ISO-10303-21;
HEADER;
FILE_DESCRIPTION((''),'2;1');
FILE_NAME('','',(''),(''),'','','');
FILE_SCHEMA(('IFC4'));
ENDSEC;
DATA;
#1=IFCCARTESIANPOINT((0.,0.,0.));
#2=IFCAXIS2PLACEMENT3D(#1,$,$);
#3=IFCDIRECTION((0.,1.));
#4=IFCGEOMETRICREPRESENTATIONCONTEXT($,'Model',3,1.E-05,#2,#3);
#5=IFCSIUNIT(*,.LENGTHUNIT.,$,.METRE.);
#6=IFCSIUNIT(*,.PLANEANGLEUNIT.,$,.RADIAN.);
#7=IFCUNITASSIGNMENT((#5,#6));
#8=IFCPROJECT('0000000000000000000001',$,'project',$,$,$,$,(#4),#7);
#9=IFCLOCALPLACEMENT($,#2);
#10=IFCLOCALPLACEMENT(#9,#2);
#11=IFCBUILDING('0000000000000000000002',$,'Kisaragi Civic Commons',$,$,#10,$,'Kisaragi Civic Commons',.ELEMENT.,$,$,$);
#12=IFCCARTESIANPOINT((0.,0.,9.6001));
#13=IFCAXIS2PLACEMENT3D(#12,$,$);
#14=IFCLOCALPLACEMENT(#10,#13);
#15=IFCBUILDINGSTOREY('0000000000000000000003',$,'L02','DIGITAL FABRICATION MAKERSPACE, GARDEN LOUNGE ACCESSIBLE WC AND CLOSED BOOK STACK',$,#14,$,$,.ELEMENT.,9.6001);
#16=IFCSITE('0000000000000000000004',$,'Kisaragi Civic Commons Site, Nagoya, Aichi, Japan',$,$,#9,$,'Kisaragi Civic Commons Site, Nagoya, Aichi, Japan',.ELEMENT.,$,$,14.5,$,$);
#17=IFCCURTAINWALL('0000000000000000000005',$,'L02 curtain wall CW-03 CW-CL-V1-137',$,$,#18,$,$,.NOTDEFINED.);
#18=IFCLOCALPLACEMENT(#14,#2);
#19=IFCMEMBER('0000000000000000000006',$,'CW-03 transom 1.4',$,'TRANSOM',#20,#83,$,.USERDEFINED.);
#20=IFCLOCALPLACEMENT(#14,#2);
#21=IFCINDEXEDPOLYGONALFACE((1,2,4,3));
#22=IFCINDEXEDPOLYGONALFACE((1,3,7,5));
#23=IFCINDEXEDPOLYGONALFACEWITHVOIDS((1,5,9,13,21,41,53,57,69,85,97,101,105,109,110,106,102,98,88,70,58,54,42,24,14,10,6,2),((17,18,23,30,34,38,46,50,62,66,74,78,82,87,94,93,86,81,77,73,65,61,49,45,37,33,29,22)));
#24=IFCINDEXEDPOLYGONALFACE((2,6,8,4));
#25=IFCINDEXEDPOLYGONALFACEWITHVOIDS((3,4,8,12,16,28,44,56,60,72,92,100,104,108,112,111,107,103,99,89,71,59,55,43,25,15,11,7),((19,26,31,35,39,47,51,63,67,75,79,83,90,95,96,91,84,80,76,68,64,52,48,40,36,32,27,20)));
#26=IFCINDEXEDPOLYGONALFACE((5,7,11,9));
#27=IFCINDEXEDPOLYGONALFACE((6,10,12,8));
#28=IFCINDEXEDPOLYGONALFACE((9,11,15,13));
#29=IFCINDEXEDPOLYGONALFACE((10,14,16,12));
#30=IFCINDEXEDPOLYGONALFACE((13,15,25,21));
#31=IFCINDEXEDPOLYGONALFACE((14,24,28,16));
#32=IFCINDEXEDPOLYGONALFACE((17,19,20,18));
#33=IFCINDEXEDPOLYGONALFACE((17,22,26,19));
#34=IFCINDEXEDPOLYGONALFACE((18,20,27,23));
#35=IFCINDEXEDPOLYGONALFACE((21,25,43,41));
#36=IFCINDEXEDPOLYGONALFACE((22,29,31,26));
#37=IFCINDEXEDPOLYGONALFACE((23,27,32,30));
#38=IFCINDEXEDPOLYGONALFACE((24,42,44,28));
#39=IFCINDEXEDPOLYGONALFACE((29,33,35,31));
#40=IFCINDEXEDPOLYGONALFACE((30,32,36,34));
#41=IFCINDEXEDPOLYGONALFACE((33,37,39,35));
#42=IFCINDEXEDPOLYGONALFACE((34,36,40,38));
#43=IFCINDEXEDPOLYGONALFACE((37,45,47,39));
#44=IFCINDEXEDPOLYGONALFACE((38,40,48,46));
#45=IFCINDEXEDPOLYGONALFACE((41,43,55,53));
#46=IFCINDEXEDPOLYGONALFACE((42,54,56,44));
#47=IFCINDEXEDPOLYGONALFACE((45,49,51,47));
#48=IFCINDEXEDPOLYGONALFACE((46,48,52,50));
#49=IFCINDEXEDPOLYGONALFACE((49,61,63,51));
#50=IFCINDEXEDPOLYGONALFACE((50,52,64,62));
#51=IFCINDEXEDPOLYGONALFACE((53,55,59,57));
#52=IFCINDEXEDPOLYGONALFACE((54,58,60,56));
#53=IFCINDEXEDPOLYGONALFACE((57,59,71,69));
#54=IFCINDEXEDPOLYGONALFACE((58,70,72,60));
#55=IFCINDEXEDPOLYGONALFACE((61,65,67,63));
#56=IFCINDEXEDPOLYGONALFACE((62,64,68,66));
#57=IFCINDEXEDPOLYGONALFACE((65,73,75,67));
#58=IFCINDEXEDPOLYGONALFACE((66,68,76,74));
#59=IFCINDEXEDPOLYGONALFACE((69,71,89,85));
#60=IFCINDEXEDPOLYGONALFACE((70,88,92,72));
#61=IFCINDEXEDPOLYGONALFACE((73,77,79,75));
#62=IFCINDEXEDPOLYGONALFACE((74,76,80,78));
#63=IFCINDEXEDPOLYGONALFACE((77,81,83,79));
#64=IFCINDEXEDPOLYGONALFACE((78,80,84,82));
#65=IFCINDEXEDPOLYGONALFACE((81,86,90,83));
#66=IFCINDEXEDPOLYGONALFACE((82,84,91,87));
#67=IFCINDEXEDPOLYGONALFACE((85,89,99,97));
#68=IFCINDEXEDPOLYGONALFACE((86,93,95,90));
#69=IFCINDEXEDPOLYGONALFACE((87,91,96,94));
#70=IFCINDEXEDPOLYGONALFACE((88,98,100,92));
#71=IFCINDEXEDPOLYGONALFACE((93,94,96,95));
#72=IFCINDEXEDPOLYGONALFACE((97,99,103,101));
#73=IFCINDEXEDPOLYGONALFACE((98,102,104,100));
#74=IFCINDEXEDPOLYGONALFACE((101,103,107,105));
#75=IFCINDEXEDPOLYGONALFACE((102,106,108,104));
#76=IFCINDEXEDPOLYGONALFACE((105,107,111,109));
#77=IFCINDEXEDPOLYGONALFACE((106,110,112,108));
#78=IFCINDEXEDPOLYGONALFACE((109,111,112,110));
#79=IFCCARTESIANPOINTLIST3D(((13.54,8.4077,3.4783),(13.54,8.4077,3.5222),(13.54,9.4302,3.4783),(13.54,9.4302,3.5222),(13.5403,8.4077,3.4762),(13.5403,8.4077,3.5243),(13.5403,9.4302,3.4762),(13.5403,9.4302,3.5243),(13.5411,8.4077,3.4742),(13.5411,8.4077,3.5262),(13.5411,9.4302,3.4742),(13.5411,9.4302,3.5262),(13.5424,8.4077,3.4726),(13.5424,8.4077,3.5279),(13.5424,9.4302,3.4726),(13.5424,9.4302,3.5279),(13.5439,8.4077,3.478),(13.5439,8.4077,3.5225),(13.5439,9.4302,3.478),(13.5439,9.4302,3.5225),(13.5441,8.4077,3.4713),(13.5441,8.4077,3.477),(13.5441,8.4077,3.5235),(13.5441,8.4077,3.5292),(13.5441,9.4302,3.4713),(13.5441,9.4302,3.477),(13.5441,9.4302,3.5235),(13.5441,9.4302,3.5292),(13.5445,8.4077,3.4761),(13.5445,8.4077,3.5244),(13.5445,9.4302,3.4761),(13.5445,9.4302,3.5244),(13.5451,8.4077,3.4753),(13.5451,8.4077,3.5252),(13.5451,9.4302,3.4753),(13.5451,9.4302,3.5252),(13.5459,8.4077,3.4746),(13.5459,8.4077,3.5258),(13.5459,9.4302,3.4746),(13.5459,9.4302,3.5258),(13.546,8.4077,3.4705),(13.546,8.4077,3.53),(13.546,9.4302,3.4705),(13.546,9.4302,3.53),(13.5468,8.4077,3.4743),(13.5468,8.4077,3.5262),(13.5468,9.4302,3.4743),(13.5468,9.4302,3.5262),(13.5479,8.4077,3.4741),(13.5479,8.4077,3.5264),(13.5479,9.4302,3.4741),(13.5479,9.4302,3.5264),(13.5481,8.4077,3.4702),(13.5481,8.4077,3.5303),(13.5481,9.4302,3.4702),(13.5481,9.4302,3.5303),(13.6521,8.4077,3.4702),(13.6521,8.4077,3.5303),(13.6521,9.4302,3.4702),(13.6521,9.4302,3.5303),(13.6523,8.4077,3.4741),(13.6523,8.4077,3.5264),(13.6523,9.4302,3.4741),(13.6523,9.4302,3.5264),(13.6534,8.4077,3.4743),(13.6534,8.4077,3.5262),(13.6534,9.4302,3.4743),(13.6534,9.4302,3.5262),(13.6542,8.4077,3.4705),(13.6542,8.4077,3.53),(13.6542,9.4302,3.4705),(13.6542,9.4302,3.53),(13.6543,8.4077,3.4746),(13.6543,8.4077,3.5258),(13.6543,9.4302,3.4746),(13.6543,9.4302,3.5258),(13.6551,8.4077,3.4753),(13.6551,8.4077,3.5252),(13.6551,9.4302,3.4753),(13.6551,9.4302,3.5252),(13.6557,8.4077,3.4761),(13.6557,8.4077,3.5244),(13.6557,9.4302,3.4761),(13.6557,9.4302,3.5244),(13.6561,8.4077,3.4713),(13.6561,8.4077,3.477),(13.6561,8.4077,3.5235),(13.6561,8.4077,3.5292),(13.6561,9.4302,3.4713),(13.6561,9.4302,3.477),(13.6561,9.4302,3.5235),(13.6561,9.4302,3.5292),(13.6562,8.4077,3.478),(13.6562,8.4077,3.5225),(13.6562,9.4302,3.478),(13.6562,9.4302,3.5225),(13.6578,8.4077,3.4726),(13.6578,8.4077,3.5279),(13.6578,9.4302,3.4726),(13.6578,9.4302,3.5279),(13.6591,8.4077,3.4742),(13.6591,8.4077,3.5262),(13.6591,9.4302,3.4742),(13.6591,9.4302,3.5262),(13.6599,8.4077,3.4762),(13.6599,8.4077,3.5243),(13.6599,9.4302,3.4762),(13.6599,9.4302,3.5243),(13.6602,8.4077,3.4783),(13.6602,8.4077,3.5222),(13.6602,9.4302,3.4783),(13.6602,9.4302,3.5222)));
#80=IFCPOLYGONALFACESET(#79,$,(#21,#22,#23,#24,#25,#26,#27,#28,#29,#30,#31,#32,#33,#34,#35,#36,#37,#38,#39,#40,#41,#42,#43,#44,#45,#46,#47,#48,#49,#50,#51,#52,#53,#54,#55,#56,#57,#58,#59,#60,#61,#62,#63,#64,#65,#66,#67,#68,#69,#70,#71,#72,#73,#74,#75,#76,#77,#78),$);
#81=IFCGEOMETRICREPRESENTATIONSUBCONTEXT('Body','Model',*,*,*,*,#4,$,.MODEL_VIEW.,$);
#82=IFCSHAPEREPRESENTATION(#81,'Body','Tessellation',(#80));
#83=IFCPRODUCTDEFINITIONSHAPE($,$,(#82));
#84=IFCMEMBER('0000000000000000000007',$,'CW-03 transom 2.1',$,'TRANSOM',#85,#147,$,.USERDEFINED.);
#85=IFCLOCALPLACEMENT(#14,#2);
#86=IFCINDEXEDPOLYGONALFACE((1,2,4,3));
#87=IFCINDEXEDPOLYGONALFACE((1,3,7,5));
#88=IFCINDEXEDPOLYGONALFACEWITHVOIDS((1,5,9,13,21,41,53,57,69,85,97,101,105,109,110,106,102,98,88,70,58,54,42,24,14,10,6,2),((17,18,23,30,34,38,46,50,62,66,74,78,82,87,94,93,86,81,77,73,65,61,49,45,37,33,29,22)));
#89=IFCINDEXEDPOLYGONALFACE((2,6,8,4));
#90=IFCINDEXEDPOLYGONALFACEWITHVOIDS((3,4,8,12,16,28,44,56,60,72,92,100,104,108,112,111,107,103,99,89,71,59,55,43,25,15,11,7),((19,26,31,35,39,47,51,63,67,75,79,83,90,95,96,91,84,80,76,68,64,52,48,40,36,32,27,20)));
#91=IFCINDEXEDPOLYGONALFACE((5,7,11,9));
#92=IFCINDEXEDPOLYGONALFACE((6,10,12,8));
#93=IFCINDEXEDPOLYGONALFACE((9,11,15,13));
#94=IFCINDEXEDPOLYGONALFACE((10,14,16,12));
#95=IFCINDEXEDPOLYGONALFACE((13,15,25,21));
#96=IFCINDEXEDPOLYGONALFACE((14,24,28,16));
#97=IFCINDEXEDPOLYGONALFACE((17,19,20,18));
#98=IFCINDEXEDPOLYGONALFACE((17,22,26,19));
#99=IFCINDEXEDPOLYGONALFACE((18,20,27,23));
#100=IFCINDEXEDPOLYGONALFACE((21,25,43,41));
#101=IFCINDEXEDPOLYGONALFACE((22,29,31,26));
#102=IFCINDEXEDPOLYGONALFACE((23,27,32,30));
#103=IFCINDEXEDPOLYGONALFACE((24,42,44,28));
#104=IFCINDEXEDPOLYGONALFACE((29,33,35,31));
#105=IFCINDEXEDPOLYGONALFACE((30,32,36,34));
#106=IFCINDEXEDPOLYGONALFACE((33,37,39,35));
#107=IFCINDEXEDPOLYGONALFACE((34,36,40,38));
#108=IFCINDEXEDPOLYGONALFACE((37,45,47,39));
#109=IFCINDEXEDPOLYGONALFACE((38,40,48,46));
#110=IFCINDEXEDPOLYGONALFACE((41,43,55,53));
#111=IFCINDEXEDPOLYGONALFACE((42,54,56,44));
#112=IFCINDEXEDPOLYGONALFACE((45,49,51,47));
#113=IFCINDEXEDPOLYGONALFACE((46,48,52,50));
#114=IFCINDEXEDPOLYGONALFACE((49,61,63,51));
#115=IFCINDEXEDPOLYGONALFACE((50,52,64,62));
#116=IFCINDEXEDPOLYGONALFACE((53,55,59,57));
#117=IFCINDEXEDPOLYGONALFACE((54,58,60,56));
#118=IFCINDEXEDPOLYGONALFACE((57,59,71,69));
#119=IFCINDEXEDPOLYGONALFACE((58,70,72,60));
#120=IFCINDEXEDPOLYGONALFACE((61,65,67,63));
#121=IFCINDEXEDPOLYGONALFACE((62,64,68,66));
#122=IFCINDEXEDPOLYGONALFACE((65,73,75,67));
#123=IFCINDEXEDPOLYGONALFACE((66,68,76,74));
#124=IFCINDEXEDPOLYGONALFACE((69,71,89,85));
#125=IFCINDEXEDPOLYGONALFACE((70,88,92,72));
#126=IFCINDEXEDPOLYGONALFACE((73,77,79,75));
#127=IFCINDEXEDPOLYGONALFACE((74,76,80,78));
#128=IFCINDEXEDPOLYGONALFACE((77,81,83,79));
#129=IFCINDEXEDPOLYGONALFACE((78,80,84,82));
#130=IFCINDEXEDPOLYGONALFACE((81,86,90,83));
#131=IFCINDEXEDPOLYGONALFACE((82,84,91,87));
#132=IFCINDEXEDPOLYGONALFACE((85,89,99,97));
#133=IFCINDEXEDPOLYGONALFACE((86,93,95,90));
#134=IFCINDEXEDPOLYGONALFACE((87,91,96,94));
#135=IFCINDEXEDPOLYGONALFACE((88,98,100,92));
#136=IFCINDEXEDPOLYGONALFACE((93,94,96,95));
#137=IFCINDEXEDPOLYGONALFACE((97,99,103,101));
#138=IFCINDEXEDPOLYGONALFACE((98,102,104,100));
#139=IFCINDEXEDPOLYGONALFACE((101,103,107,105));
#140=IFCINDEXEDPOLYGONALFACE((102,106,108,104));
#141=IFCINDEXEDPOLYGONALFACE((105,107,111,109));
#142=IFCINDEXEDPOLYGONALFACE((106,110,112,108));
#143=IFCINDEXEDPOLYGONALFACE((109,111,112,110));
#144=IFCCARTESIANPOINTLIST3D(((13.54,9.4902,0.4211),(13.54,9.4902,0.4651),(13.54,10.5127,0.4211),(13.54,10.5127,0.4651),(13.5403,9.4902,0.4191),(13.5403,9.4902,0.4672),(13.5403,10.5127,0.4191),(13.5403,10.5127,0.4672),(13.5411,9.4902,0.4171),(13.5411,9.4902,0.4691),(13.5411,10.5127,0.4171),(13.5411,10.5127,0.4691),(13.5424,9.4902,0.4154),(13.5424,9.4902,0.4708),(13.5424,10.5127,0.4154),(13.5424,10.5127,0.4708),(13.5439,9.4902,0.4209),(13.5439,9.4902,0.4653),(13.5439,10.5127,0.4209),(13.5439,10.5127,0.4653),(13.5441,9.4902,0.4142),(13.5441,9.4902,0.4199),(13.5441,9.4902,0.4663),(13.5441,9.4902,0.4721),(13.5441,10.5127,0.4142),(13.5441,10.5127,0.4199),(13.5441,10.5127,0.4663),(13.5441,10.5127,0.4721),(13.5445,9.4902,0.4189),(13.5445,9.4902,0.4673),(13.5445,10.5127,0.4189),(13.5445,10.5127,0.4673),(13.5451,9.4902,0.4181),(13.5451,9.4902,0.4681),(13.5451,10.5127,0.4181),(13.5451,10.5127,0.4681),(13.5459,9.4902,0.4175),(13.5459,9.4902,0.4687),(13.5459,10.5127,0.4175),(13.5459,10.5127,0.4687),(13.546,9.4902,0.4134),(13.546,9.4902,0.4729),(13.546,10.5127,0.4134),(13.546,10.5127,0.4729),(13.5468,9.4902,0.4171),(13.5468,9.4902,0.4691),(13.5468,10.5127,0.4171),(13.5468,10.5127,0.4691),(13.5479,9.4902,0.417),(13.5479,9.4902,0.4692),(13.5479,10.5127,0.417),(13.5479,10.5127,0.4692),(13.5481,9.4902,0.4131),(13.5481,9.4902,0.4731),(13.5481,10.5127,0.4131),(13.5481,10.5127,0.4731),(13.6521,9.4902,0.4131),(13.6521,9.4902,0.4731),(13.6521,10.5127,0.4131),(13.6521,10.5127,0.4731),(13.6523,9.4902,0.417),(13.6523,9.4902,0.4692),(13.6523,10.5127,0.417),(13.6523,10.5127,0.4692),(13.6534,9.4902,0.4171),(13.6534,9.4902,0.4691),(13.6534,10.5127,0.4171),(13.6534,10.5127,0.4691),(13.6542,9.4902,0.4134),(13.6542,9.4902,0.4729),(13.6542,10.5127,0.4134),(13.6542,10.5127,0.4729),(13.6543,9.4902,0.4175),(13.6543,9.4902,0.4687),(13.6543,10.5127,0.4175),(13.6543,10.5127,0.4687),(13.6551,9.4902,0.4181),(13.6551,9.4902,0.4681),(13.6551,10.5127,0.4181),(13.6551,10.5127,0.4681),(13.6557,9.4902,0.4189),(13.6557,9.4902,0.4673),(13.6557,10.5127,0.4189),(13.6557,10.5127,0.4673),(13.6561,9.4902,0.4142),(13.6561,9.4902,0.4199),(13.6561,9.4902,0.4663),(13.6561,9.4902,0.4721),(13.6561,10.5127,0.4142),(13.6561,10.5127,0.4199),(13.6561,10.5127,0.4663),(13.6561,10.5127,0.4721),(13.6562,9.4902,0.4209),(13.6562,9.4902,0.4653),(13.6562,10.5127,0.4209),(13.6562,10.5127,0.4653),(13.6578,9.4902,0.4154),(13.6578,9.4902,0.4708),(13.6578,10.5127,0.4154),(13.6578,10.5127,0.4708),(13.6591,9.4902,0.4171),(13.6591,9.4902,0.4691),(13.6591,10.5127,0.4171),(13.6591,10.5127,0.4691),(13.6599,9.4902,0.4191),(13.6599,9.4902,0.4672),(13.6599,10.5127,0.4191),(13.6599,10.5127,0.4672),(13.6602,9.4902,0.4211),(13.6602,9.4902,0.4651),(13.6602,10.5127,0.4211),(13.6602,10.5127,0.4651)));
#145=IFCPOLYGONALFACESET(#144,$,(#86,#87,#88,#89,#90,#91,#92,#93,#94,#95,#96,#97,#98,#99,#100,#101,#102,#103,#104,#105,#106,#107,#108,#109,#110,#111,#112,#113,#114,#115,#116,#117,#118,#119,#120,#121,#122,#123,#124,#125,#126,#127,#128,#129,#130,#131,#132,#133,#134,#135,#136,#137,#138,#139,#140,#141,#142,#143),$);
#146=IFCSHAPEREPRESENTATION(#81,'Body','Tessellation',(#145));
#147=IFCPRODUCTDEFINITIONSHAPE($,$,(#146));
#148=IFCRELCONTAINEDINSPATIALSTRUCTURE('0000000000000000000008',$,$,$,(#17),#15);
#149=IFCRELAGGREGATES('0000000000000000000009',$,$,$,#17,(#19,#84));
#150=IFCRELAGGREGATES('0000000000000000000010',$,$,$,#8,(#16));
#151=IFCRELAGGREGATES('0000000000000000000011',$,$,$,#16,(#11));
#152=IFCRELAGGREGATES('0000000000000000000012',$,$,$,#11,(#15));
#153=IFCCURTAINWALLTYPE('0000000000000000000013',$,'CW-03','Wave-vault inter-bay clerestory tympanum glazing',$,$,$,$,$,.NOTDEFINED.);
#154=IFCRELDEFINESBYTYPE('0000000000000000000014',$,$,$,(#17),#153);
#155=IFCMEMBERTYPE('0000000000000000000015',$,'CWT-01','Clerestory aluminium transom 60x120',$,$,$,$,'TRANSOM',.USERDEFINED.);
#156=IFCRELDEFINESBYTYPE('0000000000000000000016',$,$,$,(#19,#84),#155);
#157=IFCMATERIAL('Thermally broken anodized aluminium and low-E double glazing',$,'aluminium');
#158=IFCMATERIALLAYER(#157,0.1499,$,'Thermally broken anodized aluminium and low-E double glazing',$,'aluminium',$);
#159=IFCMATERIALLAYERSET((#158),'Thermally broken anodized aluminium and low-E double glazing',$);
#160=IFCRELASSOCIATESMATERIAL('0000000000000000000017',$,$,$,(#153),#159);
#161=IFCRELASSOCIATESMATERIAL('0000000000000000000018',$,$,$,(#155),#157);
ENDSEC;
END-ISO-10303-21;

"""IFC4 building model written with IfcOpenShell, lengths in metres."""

from ifc_helpers import new_model, si_unit, direction, frame, origin, origin_2d, place, context, subcontext, project, spatial, hollow_rectangle, extrude, material, layer, layer_set, material_profile, profile_set, type_object, element, aggregate, save


model = new_model("IFC4")

# Units and contexts
model_context = context("Model", 3, precision=1e-05, world=origin(), true_north=direction((0.0, 1.0)))
body_context = subcontext(model_context, "Body", "Model", "MODEL_VIEW")
ifc_project = project(units=[si_unit("LENGTHUNIT", "METRE"), si_unit("PLANEANGLEUNIT", "RADIAN")], contexts=[model_context])

# Site, building, storey
site_placement = place(None, origin())
site = spatial("IfcSite", under=ifc_project, at=site_placement, Name="Kisaragi Civic Commons Site, Nagoya, Aichi, Japan", LongName="Kisaragi Civic Commons Site, Nagoya, Aichi, Japan", CompositionType="ELEMENT", RefElevation=14.5)
building_placement = place(site_placement, origin())
building = spatial("IfcBuilding", under=site, at=building_placement, Name="Kisaragi Civic Commons", LongName="Kisaragi Civic Commons", CompositionType="ELEMENT")
storey_placement = place(building_placement, frame((0.0, 0.0, 9.6001)))
storey = spatial("IfcBuildingStorey", under=building, at=storey_placement, Name="L02", Description="DIGITAL FABRICATION MAKERSPACE, GARDEN LOUNGE ACCESSIBLE WC AND CLOSED BOOK STACK", CompositionType="ELEMENT", Elevation=9.6001)

# Curtain wall
ifc_material_1 = material(Name="Thermally broken anodized aluminium and low-E double glazing", Category="aluminium")
ifc_layer_1 = layer(ifc_material_1, 0.1499, Name="Thermally broken anodized aluminium and low-E double glazing", Category="aluminium")
ifc_layer_set_1 = layer_set([ifc_layer_1], Name="Thermally broken anodized aluminium and low-E double glazing")
curtain_wall_type = type_object("IfcCurtainWallType", Name="CW-03", Description="Wave-vault inter-bay clerestory tympanum glazing", PredefinedType="NOTDEFINED", material=ifc_layer_set_1)
curtain_wall_1_placement = place(storey_placement, origin())
curtain_wall_1 = element("IfcCurtainWall", 1, at=curtain_wall_1_placement, inside=storey, type_object=curtain_wall_type, Name="L02 curtain wall CW-03 CW-CL-V1-137", PredefinedType="NOTDEFINED")

# Members
ifc_material_profile_1 = material_profile(ifc_material_1, hollow_rectangle(XDim=0.1201, YDim=0.0601, WallThickness=0.0039, InnerFilletRadius=0.0039, OuterFilletRadius=0.0081, at=origin_2d()), Name="CWT-60x120x4", Category="aluminium")
ifc_profile_set_1 = profile_set([ifc_material_profile_1], Name="Thermally broken anodized aluminium and low-E double glazing")
member_type_1 = type_object("IfcMemberType", Name="CWT-01", Description="Clerestory aluminium transom 60x120", ElementType="TRANSOM", PredefinedType="USERDEFINED", material=ifc_profile_set_1)
member_1_placement = place(storey_placement, frame((13.6001, 8.4077, 3.5002), z_axis=(0.0, 1.0, 0.0), x_axis=(-1.0, 0.0, 0.0)))
member_1 = element("IfcMember", 2, at=member_1_placement, type_object=member_type_1, Name="CW-03 transom 1.4", ObjectType="TRANSOM", PredefinedType="USERDEFINED", context=body_context, shape_type="SweptSolid", body=[
    extrude(hollow_rectangle(XDim=0.1201, YDim=0.0601, WallThickness=0.0039, InnerFilletRadius=0.0039, OuterFilletRadius=0.0081, at=origin_2d()), origin(), (0.0, 0.0, 1.0), 1.0225),
])
member_2_placement = place(storey_placement, frame((13.6001, 9.4902, 0.4431), z_axis=(0.0, 1.0, 0.0), x_axis=(-1.0, 0.0, 0.0)))
member_2 = element("IfcMember", 3, at=member_2_placement, type_object=member_type_1, Name="CW-03 transom 2.1", ObjectType="TRANSOM", PredefinedType="USERDEFINED", context=body_context, shape_type="SweptSolid", body=[
    extrude(hollow_rectangle(XDim=0.1201, YDim=0.0601, WallThickness=0.0039, InnerFilletRadius=0.0039, OuterFilletRadius=0.0081, at=origin_2d()), origin(), (0.0, 0.0, 1.0), 1.0225),
])

aggregate(curtain_wall_1, [member_1, member_2])

save(model, "model.ifc")
